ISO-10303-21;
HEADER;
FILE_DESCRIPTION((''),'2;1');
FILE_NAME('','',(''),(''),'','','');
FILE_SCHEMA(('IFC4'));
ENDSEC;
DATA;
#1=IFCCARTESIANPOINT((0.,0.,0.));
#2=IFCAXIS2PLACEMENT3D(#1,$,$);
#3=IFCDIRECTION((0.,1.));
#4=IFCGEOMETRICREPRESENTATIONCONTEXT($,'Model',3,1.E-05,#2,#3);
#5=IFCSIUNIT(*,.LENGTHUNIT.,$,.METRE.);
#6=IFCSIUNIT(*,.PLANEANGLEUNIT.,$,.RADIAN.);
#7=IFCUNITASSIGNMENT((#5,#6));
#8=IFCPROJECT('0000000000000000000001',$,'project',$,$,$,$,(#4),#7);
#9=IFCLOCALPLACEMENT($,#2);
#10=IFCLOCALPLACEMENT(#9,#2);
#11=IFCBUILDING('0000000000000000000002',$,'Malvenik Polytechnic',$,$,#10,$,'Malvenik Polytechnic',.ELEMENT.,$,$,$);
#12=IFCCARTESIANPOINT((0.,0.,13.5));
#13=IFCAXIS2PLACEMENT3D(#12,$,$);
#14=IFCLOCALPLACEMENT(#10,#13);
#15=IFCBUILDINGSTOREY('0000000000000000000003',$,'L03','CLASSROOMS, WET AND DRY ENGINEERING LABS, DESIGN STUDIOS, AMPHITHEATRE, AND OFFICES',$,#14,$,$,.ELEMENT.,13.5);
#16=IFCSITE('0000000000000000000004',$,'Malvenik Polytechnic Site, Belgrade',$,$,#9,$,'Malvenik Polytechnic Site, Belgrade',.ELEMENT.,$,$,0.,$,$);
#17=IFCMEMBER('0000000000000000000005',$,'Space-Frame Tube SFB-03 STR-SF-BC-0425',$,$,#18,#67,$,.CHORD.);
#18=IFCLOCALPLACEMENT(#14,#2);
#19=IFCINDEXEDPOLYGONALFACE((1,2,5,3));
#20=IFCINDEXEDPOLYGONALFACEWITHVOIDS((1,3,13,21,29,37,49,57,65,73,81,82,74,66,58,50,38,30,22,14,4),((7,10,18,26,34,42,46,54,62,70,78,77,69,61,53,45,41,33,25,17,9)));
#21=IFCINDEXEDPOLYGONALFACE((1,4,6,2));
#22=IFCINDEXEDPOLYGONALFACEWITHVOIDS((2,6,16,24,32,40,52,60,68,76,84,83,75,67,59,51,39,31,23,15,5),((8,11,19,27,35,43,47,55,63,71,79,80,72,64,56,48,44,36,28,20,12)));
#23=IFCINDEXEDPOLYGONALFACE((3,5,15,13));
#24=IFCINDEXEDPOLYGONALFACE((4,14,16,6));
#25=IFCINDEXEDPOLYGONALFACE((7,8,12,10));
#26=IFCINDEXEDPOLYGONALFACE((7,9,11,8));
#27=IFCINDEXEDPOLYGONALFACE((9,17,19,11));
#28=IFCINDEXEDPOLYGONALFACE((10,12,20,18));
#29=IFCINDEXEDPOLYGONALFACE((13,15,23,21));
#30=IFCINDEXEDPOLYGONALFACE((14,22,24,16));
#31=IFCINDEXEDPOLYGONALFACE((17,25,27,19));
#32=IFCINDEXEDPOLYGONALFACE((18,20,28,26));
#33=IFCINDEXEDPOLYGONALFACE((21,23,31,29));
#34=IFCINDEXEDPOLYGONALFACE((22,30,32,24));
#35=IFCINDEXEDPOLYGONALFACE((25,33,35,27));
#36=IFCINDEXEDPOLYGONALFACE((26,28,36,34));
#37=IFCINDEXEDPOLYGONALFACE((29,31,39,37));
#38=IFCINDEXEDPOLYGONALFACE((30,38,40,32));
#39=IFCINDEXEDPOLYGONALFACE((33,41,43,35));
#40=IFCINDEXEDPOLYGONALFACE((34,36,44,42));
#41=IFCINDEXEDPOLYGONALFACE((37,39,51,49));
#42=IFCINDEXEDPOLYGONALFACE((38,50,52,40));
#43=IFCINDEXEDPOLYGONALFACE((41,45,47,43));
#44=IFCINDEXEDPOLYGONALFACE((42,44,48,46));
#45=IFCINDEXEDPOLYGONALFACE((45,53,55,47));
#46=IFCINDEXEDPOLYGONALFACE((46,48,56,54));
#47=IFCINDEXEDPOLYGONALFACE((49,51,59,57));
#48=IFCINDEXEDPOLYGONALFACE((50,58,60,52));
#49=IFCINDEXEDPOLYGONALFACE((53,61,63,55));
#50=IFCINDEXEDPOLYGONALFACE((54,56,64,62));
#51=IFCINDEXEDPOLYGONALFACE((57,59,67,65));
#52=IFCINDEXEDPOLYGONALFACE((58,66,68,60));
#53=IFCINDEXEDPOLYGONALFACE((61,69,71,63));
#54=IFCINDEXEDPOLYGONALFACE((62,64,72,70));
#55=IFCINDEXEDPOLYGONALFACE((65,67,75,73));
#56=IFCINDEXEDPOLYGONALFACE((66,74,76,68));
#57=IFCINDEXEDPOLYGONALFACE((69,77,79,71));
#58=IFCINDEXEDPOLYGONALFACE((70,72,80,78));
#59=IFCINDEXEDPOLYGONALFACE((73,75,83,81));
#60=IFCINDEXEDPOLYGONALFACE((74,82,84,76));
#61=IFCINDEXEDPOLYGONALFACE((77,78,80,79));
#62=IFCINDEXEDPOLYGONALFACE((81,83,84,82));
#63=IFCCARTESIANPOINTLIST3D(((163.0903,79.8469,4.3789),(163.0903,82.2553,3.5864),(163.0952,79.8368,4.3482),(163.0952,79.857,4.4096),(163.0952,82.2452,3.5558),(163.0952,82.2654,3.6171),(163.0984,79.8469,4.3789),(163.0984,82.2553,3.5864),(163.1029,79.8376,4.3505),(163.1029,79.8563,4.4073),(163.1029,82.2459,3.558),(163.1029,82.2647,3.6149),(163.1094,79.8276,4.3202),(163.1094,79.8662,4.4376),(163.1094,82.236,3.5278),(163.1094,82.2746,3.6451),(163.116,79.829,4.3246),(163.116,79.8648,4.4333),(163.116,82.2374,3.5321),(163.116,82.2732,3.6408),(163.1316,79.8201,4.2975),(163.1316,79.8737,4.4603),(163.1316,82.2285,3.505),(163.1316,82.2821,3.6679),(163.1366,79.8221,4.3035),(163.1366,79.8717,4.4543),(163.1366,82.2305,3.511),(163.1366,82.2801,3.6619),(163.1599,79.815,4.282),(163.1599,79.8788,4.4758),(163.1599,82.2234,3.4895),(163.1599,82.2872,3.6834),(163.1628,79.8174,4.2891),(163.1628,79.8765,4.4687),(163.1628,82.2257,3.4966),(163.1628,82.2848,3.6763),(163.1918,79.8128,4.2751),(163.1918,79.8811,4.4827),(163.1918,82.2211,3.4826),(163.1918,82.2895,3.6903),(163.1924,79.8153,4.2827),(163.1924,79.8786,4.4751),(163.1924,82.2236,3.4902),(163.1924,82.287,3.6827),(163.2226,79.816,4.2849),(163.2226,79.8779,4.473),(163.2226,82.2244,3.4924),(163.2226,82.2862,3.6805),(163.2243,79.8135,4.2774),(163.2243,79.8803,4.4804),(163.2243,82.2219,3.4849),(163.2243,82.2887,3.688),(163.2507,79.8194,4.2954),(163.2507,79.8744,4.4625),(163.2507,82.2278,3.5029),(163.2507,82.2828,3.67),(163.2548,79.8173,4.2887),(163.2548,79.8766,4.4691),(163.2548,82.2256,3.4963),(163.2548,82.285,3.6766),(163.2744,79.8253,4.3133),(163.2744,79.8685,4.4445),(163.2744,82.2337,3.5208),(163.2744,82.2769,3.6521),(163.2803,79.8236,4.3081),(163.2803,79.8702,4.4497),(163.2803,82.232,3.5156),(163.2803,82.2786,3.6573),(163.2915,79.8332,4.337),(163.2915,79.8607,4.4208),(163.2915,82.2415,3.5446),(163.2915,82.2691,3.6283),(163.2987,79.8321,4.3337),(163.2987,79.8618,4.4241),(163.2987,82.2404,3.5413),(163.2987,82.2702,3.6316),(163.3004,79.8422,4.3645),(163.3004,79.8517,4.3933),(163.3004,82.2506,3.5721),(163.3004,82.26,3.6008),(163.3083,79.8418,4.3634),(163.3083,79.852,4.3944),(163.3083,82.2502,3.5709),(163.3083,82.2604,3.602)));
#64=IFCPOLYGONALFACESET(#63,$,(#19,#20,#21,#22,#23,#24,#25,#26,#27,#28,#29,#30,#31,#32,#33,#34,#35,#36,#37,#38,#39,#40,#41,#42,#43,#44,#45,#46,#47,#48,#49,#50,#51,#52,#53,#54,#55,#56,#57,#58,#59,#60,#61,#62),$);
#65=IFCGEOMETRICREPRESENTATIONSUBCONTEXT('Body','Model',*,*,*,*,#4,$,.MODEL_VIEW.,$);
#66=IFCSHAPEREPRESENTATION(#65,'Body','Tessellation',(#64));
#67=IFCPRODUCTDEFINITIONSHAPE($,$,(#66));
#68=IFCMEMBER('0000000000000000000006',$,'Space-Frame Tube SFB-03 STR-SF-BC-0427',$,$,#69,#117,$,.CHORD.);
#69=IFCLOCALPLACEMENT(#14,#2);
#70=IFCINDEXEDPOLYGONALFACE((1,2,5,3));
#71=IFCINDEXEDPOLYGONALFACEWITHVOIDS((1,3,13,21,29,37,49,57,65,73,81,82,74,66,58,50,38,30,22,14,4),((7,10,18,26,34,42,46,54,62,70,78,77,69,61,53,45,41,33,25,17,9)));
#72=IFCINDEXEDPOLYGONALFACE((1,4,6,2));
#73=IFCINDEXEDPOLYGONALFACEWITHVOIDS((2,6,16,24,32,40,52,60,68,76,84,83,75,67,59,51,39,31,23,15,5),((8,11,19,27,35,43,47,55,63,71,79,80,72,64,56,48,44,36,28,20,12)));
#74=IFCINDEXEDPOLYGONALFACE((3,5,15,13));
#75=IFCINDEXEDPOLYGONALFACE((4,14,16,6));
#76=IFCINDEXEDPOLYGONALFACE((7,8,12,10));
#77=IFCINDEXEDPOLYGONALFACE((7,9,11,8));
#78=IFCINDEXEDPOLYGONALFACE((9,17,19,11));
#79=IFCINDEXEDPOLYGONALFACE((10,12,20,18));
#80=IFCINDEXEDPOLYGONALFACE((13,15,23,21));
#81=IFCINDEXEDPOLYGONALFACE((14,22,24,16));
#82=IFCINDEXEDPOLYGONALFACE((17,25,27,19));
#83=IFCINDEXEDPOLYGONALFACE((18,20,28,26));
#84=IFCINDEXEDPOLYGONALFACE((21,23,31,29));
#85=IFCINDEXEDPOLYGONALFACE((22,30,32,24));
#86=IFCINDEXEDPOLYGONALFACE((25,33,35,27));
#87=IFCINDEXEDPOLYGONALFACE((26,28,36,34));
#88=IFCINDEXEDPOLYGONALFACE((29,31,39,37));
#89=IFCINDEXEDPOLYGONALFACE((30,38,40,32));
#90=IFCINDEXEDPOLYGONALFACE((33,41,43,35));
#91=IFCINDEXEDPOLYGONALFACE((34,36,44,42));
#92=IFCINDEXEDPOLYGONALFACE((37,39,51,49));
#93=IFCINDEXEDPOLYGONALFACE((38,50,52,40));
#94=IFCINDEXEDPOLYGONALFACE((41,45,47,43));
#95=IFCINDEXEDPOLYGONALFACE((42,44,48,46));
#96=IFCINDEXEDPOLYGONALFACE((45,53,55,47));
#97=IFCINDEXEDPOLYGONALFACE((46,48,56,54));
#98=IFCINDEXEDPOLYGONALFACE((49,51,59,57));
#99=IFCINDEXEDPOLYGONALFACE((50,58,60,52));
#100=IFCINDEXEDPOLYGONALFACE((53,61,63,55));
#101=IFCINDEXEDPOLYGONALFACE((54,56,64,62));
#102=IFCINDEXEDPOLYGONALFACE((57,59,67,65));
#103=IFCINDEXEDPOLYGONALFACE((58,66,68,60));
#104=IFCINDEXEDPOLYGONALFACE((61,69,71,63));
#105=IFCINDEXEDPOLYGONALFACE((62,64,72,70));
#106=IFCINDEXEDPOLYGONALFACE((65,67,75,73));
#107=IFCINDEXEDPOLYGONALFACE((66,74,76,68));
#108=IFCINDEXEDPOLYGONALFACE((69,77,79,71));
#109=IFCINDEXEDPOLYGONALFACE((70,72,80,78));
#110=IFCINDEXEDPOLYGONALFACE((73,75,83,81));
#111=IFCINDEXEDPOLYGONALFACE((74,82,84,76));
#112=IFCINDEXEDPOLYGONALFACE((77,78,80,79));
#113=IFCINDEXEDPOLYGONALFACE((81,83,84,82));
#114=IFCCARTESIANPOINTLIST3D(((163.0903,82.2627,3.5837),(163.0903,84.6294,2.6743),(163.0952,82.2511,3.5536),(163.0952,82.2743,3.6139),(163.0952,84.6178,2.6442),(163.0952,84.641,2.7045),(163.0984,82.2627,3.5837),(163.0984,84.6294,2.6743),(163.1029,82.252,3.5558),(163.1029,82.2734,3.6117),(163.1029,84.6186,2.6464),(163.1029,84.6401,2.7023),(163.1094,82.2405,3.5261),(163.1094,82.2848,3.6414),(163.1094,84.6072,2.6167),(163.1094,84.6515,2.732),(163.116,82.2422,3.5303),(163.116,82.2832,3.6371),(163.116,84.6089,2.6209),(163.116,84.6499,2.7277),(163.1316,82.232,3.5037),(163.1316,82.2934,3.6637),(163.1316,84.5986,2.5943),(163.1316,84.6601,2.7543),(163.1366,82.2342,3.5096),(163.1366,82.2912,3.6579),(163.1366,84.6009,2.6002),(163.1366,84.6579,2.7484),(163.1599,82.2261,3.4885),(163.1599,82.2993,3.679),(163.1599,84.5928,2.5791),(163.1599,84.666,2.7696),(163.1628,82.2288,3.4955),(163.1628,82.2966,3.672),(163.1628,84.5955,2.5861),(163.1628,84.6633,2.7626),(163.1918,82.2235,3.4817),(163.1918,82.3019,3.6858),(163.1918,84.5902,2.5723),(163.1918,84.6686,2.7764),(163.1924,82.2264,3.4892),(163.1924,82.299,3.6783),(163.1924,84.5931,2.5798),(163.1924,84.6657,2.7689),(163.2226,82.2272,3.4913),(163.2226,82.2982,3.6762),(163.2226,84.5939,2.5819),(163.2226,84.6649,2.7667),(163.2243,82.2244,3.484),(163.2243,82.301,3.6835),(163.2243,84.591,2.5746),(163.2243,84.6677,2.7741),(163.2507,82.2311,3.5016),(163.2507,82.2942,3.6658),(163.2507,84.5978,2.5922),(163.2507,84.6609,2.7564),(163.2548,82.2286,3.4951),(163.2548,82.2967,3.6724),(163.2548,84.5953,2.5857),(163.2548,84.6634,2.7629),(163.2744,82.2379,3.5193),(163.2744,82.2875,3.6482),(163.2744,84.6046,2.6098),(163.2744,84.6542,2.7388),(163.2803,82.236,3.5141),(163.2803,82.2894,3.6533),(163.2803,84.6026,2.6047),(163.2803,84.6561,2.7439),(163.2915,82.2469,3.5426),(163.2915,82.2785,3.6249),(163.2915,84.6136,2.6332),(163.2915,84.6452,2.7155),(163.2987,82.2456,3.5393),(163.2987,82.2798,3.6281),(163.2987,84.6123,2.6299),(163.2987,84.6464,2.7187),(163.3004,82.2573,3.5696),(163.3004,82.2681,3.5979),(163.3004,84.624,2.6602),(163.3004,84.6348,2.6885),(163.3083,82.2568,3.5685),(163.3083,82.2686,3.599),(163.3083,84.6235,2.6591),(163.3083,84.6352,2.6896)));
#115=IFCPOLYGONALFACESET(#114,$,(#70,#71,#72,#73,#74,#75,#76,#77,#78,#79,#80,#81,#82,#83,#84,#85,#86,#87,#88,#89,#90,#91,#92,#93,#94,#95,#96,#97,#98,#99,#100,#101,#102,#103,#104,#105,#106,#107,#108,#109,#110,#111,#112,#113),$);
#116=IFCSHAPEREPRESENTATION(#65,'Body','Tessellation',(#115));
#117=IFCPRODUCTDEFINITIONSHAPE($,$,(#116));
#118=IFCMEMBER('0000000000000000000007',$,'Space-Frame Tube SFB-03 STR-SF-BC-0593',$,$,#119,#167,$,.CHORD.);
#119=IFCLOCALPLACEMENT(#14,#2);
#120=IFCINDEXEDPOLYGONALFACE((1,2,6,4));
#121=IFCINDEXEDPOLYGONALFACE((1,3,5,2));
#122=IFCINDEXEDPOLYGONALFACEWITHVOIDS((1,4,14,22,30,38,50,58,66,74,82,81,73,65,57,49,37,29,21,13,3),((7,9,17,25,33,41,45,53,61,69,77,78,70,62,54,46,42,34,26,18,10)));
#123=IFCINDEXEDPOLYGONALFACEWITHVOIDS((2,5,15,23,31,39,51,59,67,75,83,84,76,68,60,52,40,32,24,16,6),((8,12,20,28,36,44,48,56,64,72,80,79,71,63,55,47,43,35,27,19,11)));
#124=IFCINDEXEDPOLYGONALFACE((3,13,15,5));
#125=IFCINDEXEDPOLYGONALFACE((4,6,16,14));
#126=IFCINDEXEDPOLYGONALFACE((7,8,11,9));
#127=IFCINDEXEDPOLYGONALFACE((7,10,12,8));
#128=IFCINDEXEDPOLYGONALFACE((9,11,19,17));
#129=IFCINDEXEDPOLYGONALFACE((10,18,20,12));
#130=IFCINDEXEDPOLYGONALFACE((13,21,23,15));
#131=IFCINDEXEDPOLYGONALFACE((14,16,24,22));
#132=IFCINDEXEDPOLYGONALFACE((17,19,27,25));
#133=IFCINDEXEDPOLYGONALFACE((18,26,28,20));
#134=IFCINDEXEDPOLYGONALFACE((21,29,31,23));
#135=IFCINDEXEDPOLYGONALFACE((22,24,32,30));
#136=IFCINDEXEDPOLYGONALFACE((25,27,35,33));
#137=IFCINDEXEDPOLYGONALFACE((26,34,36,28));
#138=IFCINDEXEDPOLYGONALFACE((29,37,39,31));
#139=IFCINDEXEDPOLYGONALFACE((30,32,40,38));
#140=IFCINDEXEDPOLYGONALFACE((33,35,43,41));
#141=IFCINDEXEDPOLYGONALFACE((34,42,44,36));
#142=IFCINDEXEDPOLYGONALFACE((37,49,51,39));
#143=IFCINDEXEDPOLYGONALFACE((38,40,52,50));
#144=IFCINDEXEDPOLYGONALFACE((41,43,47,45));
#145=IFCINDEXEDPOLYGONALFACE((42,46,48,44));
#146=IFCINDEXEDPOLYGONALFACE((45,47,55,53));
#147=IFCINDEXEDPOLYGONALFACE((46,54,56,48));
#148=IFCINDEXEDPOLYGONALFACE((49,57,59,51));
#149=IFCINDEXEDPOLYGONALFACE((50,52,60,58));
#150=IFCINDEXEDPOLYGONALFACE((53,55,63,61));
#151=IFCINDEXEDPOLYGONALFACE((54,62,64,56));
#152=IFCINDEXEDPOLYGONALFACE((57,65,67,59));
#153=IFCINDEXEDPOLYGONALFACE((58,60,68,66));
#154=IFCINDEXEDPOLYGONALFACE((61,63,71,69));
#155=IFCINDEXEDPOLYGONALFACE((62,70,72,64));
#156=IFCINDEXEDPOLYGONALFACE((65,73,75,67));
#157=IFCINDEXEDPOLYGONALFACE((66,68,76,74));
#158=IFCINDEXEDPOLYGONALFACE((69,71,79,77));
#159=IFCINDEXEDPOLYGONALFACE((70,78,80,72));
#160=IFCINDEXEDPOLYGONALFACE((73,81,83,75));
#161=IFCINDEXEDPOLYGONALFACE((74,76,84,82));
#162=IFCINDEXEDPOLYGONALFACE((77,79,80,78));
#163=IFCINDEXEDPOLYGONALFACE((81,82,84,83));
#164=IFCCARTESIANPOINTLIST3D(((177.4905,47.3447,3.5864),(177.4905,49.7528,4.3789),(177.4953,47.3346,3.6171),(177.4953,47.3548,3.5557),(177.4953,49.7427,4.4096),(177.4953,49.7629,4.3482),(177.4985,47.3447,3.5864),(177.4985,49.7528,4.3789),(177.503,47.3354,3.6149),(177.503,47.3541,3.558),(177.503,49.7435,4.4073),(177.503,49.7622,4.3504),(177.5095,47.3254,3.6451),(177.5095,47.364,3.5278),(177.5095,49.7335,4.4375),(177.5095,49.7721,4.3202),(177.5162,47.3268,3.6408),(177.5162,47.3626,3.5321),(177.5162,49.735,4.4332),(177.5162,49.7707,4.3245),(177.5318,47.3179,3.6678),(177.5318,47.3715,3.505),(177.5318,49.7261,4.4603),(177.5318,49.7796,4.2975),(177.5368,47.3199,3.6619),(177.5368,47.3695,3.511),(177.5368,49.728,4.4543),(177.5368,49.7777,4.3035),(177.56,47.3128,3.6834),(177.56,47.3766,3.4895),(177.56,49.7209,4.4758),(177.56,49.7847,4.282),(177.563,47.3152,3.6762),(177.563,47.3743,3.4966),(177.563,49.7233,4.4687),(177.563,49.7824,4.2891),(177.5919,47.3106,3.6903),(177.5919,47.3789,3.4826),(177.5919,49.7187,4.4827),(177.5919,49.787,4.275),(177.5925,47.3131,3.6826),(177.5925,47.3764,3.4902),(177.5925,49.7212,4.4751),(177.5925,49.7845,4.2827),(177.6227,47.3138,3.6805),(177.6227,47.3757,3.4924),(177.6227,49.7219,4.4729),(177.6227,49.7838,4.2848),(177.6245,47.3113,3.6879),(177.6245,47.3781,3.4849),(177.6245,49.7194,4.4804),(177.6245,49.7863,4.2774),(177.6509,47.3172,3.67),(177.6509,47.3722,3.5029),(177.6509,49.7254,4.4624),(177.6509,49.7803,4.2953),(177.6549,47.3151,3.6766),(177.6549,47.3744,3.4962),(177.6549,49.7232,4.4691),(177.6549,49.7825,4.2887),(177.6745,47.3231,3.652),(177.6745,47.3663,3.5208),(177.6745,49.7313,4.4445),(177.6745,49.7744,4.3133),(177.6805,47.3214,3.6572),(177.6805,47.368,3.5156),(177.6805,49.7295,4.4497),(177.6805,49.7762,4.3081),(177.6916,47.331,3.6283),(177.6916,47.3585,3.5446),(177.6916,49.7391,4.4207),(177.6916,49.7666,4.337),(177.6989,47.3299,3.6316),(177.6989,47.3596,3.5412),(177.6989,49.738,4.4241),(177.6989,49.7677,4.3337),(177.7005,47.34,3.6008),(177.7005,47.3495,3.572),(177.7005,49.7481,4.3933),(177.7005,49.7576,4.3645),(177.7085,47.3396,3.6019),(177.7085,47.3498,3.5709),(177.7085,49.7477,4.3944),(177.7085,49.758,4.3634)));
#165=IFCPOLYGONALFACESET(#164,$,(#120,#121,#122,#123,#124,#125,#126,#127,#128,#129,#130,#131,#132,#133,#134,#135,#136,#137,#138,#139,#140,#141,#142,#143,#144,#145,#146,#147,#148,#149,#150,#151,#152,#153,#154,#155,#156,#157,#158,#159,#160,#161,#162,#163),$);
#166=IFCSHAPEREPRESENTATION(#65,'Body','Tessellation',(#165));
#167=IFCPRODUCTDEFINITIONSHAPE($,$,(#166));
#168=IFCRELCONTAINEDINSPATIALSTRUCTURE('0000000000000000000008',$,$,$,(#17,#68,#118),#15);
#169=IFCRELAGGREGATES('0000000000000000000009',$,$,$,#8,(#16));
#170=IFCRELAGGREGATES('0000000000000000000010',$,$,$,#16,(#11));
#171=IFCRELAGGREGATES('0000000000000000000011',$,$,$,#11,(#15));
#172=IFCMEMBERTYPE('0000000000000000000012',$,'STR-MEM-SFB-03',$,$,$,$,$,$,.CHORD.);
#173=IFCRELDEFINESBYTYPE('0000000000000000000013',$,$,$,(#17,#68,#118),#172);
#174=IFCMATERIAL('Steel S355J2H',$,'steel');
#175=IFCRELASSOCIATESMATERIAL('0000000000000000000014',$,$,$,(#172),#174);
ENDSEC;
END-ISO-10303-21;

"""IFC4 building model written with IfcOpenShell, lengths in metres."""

from ifc_helpers import new_model, si_unit, direction, frame, origin, origin_2d, place, context, subcontext, project, spatial, hollow_circle, extrude, material, material_profile, profile_set, type_object, element, save


model = new_model("IFC4")

# Units and contexts
model_context = context("Model", 3, precision=1e-05, world=origin(), true_north=direction((0.0, 1.0)))
body_context = subcontext(model_context, "Body", "Model", "MODEL_VIEW")
ifc_project = project(units=[si_unit("LENGTHUNIT", "METRE"), si_unit("PLANEANGLEUNIT", "RADIAN")], contexts=[model_context])

# Site, building, storey
site_placement = place(None, origin())
site = spatial("IfcSite", under=ifc_project, at=site_placement, Name="Malvenik Polytechnic Site, Belgrade", LongName="Malvenik Polytechnic Site, Belgrade", CompositionType="ELEMENT", RefElevation=0.0)
building_placement = place(site_placement, origin())
building = spatial("IfcBuilding", under=site, at=building_placement, Name="Malvenik Polytechnic", LongName="Malvenik Polytechnic", CompositionType="ELEMENT")
storey_placement = place(building_placement, frame((0.0, 0.0, 13.5)))
storey = spatial("IfcBuildingStorey", under=building, at=storey_placement, Name="L03", Description="CLASSROOMS, WET AND DRY ENGINEERING LABS, DESIGN STUDIOS, AMPHITHEATRE, AND OFFICES", CompositionType="ELEMENT", Elevation=13.5)

# Members
ifc_material = material(Name="Steel S355J2H", Category="steel")
ifc_material_profile_1 = material_profile(ifc_material, hollow_circle(Radius=0.1096, WallThickness=0.0081, at=origin_2d()), Name="CHS 219.1x8.0")
ifc_profile_set_1 = profile_set([ifc_material_profile_1], Name="Steel S355J2H")
member_type_1 = type_object("IfcMemberType", Name="STR-MEM-SFB-03", PredefinedType="CHORD", material=ifc_profile_set_1)
for number, where, z_axis, x_axis, name in (
    (1, (163.2, 79.8469, 4.3789), (0.0, 0.949899, -0.312557), (-1.0, 0.0, 0.0), "Space-Frame Tube SFB-03 STR-SF-BC-0425"),
    (2, (163.2, 82.2627, 3.5837), (0.0, 0.933457, -0.358689), (-1.0, 0.0, 0.0), "Space-Frame Tube SFB-03 STR-SF-BC-0427"),
):
    element("IfcMember", number, at=place(storey_placement, frame(where, z_axis=z_axis, x_axis=x_axis)), inside=storey, type_object=member_type_1, Name=name, PredefinedType="CHORD", context=body_context, shape_type="SweptSolid", body=[
        extrude(hollow_circle(Radius=0.1096, WallThickness=0.0081, at=origin_2d()), origin(), (0.0, 0.0, 1.0), 2.5354),
    ])
member_1_placement = place(storey_placement, frame((177.6001, 47.3447, 3.5864), z_axis=(0.0, 0.94989, 0.312585), x_axis=(-1.0, 0.0, 0.0)))
element("IfcMember", 3, at=member_1_placement, inside=storey, type_object=member_type_1, Name="Space-Frame Tube SFB-03 STR-SF-BC-0593", PredefinedType="CHORD", context=body_context, shape_type="SweptSolid", body=[
    extrude(hollow_circle(Radius=0.1096, WallThickness=0.0081, at=origin_2d()), origin(), (0.0, 0.0, 1.0), 2.5352),
])

save(model, "model.ifc")
